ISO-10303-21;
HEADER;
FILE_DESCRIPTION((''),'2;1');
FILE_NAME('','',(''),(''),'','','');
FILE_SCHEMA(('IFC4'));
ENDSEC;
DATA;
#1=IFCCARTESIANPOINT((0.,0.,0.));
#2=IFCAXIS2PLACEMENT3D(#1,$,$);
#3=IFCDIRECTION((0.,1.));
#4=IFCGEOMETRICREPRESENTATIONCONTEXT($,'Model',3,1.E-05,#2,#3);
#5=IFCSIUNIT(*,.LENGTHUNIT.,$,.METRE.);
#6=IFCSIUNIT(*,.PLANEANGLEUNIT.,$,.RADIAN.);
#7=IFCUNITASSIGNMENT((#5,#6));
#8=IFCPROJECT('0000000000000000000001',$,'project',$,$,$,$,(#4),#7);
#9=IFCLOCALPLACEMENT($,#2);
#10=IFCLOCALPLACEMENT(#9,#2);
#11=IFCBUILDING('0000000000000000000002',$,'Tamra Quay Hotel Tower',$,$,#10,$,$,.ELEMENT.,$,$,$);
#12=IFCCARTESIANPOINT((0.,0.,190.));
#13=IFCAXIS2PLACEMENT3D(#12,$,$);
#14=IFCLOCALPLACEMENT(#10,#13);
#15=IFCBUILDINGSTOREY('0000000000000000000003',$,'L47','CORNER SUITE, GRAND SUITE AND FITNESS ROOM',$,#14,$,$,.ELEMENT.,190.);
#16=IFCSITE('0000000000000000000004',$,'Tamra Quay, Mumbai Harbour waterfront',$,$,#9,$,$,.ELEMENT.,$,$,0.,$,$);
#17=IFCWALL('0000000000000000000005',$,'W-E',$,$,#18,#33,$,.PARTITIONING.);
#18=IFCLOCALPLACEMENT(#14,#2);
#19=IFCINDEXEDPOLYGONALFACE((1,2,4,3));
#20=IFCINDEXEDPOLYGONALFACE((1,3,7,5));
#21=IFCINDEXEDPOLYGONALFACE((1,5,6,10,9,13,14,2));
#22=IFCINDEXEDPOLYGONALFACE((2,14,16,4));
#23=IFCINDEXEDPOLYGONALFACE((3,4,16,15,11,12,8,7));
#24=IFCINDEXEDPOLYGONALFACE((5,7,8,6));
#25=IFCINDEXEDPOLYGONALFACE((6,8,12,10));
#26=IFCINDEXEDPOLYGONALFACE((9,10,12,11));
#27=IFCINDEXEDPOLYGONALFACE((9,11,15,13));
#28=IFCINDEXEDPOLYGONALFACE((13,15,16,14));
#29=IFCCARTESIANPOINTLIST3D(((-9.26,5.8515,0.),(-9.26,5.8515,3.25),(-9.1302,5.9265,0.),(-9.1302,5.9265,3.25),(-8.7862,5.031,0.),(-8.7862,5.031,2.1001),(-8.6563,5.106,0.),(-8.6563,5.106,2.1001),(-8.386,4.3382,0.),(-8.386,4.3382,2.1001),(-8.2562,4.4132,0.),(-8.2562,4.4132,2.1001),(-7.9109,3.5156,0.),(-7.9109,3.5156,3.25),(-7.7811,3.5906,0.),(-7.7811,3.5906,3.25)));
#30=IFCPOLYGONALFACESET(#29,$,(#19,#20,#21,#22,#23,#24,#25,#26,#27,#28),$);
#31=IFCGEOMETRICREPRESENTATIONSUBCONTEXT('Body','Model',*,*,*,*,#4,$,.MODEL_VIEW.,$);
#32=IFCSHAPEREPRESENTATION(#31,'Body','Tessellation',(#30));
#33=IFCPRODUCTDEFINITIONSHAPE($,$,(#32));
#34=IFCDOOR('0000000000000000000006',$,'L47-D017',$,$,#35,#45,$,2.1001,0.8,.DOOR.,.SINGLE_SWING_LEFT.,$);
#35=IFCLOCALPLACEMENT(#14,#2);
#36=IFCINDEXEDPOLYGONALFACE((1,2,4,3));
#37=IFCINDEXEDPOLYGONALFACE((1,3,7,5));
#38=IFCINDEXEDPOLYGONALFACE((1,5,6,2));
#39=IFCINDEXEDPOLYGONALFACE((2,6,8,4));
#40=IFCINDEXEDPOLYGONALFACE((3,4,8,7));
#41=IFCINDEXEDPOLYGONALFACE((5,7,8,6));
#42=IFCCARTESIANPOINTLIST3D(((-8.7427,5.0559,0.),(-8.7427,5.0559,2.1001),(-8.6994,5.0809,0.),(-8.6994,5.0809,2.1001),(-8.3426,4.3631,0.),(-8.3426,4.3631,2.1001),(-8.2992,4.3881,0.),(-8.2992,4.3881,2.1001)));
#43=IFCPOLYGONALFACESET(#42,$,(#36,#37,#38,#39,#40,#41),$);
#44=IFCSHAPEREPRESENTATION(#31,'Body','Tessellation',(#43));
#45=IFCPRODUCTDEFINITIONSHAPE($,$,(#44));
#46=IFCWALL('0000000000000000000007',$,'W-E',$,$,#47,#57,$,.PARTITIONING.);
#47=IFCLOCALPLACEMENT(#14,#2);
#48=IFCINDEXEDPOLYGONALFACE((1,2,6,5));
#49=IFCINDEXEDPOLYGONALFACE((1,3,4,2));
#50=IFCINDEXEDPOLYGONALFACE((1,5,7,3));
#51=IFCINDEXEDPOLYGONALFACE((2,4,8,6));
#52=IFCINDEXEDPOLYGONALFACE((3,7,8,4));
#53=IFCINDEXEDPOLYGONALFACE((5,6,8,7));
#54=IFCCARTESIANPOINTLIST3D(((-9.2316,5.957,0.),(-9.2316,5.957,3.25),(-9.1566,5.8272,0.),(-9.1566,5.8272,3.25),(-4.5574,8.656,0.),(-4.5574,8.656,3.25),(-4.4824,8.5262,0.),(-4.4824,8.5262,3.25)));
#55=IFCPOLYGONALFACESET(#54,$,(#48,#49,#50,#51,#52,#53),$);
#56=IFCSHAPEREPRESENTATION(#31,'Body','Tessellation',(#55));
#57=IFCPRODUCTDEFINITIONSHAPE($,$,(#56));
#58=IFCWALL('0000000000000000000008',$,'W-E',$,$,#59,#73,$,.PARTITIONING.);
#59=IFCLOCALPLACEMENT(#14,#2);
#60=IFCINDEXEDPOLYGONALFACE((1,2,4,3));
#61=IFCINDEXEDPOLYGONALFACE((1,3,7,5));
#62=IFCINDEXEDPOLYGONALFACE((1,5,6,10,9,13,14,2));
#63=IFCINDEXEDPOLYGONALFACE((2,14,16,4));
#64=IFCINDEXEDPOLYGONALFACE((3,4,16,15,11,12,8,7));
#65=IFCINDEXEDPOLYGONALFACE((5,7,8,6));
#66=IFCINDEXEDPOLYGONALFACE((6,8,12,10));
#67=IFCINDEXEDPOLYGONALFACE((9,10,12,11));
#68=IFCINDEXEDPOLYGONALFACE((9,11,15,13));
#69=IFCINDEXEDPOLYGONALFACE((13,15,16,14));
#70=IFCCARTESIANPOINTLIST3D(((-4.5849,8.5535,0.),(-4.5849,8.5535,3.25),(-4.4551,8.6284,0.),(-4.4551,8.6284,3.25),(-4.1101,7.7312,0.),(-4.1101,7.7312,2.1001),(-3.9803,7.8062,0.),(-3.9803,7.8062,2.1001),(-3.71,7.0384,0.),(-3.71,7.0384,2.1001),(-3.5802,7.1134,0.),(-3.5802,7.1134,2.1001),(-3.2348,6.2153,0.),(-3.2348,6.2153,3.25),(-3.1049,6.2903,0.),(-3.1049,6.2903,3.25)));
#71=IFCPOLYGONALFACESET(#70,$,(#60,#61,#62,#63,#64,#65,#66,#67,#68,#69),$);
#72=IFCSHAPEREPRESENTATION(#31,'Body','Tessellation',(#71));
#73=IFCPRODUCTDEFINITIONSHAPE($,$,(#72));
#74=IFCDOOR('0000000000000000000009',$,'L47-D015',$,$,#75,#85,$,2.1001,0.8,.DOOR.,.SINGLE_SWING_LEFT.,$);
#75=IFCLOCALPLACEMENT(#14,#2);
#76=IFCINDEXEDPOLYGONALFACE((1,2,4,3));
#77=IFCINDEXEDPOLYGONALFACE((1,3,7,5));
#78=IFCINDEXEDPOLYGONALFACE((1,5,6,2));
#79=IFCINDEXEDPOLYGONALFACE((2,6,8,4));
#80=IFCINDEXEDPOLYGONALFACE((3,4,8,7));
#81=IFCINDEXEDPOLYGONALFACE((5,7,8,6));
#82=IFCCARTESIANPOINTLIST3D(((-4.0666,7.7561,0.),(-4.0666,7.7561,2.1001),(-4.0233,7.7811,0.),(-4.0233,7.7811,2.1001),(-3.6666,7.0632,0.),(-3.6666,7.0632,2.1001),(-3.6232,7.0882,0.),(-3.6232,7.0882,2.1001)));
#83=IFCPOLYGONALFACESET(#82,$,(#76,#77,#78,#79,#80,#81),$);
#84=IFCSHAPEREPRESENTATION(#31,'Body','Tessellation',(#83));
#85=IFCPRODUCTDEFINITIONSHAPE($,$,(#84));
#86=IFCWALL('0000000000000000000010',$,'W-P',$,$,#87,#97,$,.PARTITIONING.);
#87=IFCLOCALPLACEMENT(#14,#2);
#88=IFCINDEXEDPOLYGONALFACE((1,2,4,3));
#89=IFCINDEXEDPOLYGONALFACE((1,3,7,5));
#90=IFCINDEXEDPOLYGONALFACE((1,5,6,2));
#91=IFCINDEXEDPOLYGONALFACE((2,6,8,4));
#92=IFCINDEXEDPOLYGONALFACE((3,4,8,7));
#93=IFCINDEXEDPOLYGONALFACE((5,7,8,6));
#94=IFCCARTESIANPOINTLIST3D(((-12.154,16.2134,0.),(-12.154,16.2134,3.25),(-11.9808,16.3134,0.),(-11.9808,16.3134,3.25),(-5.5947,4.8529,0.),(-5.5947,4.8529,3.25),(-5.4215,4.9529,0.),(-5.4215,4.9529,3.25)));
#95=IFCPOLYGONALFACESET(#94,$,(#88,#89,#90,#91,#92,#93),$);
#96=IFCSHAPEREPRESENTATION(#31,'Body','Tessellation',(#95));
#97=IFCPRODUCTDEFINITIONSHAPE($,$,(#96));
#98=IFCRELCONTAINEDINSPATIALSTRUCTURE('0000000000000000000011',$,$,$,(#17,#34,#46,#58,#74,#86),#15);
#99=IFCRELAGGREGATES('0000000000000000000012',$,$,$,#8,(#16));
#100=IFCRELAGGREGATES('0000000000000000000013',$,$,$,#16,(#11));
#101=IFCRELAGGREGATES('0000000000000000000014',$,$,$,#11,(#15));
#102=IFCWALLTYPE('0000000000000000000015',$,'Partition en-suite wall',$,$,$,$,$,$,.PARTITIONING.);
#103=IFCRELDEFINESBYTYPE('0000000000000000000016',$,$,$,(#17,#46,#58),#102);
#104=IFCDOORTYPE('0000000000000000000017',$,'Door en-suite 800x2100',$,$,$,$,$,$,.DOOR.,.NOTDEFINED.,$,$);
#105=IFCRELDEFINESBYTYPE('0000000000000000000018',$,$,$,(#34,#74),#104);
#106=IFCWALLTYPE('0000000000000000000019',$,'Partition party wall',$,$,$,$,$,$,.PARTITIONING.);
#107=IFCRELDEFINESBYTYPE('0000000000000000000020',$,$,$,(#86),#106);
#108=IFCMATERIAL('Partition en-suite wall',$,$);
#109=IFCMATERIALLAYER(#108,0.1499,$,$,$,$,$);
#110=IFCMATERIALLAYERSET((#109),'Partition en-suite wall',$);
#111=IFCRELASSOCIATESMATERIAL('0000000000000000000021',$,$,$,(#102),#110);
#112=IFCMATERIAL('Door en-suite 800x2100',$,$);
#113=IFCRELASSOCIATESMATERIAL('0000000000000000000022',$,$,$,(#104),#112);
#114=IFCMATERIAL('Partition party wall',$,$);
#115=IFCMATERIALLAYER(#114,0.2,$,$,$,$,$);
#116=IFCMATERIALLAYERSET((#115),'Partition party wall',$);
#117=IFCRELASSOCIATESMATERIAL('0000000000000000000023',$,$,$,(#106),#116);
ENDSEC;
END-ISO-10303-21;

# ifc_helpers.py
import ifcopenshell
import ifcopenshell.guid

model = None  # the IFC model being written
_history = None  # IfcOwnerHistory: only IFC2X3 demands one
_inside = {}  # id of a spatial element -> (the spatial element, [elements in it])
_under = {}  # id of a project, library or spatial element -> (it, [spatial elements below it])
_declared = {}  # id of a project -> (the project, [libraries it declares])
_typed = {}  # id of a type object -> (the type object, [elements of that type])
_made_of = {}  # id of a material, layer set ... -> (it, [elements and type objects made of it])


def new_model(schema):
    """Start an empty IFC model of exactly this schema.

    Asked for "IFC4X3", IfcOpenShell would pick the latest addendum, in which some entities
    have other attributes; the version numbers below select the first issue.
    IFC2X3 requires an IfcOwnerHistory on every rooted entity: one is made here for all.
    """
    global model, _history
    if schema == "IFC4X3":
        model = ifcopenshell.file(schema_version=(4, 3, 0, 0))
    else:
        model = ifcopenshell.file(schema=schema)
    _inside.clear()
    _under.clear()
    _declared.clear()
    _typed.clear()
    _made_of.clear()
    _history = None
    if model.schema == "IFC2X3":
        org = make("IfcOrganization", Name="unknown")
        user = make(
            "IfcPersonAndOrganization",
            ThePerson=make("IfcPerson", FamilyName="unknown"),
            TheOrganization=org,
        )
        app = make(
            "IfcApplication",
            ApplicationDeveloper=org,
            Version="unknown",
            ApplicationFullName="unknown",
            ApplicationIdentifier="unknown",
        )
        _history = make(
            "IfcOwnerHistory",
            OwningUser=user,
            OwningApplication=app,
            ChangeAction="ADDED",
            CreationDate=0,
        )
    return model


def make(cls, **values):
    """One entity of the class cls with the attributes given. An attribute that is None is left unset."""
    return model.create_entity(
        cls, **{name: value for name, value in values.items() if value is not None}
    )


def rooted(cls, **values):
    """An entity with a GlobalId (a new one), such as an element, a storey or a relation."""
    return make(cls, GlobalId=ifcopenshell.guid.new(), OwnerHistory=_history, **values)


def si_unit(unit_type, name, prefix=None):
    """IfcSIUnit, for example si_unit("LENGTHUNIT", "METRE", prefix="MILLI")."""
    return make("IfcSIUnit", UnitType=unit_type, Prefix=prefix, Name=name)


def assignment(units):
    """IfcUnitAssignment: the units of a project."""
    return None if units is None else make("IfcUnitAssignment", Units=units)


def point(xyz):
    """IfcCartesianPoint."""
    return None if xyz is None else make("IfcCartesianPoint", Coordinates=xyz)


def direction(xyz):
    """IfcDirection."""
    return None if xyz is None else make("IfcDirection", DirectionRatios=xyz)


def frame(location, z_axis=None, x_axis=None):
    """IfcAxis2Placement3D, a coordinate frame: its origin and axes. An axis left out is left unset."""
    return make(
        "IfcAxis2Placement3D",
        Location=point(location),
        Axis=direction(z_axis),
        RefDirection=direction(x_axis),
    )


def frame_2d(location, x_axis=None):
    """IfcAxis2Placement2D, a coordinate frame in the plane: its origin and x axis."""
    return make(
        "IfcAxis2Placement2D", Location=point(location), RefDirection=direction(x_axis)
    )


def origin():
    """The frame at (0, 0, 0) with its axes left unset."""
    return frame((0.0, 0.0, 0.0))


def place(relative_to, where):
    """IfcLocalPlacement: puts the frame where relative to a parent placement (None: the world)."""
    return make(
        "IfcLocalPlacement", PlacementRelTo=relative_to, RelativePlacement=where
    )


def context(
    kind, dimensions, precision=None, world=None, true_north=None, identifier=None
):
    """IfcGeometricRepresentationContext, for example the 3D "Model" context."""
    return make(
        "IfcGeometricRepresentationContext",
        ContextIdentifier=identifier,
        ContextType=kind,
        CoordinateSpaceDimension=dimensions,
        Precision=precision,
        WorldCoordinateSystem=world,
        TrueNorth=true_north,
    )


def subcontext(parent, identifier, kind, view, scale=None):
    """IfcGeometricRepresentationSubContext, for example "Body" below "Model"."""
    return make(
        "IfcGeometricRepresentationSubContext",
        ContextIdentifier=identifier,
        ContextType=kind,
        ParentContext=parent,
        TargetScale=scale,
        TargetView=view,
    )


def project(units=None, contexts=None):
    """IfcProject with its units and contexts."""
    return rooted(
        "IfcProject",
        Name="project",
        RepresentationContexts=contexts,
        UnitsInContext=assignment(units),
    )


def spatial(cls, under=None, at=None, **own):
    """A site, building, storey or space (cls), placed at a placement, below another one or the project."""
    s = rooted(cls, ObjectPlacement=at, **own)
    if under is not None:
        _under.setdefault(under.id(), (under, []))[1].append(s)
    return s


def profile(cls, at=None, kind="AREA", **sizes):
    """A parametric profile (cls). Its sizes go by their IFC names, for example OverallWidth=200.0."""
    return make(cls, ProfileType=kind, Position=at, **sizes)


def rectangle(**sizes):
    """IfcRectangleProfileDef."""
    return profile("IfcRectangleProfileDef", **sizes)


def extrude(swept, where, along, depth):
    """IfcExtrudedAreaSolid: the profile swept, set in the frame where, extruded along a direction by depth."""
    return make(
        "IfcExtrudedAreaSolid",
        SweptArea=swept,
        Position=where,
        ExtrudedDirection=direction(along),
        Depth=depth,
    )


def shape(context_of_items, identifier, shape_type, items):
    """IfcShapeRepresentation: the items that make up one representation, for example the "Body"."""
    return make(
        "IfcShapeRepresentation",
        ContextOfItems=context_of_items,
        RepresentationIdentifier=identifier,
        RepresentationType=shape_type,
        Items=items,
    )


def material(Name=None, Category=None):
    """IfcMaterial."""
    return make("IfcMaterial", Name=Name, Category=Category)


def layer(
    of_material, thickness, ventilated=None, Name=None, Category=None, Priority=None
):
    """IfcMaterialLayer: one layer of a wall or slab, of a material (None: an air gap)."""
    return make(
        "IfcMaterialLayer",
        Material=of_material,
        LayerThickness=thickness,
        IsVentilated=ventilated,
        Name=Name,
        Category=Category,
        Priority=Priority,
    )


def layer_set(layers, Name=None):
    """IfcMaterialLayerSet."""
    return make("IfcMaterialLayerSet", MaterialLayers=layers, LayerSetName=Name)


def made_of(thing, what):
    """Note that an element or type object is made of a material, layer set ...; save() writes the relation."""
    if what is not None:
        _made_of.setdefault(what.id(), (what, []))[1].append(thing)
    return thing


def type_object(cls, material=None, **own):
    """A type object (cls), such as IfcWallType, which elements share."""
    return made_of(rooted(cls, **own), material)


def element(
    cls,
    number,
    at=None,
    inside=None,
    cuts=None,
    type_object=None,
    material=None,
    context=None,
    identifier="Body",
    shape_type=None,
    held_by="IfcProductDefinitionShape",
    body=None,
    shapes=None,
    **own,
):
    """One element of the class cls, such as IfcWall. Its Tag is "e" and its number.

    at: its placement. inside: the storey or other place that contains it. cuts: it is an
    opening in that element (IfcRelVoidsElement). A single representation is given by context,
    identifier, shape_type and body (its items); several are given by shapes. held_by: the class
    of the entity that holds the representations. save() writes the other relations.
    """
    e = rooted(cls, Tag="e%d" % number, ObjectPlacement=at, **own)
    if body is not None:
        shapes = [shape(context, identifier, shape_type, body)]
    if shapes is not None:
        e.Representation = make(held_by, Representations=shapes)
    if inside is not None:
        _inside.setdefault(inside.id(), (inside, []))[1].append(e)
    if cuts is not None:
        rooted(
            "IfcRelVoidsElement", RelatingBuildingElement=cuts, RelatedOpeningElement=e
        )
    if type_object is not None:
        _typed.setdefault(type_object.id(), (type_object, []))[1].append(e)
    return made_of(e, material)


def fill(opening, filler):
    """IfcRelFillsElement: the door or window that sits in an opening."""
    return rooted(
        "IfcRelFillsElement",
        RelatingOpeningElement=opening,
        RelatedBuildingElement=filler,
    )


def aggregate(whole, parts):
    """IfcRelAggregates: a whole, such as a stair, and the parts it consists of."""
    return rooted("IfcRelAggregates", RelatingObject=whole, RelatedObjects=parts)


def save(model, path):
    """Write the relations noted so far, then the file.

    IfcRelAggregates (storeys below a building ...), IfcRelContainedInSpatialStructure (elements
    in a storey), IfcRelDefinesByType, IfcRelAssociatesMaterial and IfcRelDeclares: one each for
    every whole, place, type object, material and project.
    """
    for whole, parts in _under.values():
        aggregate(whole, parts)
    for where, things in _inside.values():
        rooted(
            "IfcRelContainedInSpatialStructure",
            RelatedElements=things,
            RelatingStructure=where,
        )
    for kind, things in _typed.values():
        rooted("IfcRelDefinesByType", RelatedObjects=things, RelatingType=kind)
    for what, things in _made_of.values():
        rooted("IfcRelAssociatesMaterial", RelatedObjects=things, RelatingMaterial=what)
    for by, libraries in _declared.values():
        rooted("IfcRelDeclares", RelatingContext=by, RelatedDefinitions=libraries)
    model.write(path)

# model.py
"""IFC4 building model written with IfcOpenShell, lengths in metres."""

from ifc_helpers import new_model, si_unit, direction, frame, frame_2d, origin, place, context, subcontext, project, spatial, rectangle, extrude, material, layer, layer_set, type_object, element, fill, save


model = new_model("IFC4")

# Units and contexts
model_context = context("Model", 3, precision=1e-05, world=origin(), true_north=direction((0.0, 1.0)))
body_context = subcontext(model_context, "Body", "Model", "MODEL_VIEW")
ifc_project = project(units=[si_unit("LENGTHUNIT", "METRE"), si_unit("PLANEANGLEUNIT", "RADIAN")], contexts=[model_context])

# Site, building, storey
site_placement = place(None, origin())
site = spatial("IfcSite", under=ifc_project, at=site_placement, Name="Tamra Quay, Mumbai Harbour waterfront", CompositionType="ELEMENT", RefElevation=0.0)
building_placement = place(site_placement, origin())
building = spatial("IfcBuilding", under=site, at=building_placement, Name="Tamra Quay Hotel Tower", CompositionType="ELEMENT")
storey_placement = place(building_placement, frame((0.0, 0.0, 190.0)))
storey = spatial("IfcBuildingStorey", under=building, at=storey_placement, Name="L47", Description="CORNER SUITE, GRAND SUITE AND FITNESS ROOM", CompositionType="ELEMENT", Elevation=190.0)

# Wall, opening, door
ifc_material_1 = material(Name="Partition en-suite wall")
ifc_layer_1 = layer(ifc_material_1, 0.1499)
ifc_layer_set_1 = layer_set([ifc_layer_1], Name="Partition en-suite wall")
wall_type_1 = type_object("IfcWallType", Name="Partition en-suite wall", PredefinedType="PARTITIONING", material=ifc_layer_set_1)
wall_1_placement = place(storey_placement, frame((-9.1951, 5.8889, 0.0), z_axis=(0.0, 0.0, 1.0), x_axis=(0.50013, -0.86595, 0.0)))
wall_1 = element("IfcWall", 1, at=wall_1_placement, inside=storey, type_object=wall_type_1, Name="W-E", PredefinedType="PARTITIONING", context=body_context, shape_type="SweptSolid", body=[
    extrude(rectangle(XDim=2.6975, YDim=0.1499, at=frame_2d((1.3486, 0.0))), origin(), (0.0, 0.0, 1.0), 3.25),
])
opening_1_placement = place(wall_1_placement, frame((0.9475, 0.0, 0.0)))
opening_1 = element("IfcOpeningElement", 2, at=opening_1_placement, cuts=wall_1, PredefinedType="OPENING", context=body_context, shape_type="SweptSolid", body=[
    extrude(rectangle(XDim=0.8, YDim=2.1001, at=frame_2d((0.3999, 1.05))), frame((0.0, 0.085, 0.0), z_axis=(0.0, -1.0, 0.0), x_axis=(1.0, 0.0, 0.0)), (0.0, 0.0, 1.0), 0.1699),
])
ifc_material_2 = material(Name="Door en-suite 800x2100")
door_type_1 = type_object("IfcDoorType", Name="Door en-suite 800x2100", OperationType="NOTDEFINED", PredefinedType="DOOR", material=ifc_material_2)
door_1_placement = place(opening_1_placement, frame((0.8, 0.0, 0.0), z_axis=(0.0, 0.0, 1.0), x_axis=(-1.0, 0.0, 0.0)))
door_1 = element("IfcDoor", 3, at=door_1_placement, inside=storey, type_object=door_type_1, Name="L47-D017", OperationType="SINGLE_SWING_LEFT", OverallHeight=2.1001, OverallWidth=0.8, PredefinedType="DOOR", context=body_context, shape_type="SweptSolid", body=[
    extrude(rectangle(XDim=0.8, YDim=2.1001, at=frame_2d((0.3999, 1.05))), frame((0.0, 0.0249, 0.0), z_axis=(0.0, -1.0, 0.0), x_axis=(1.0, 0.0, 0.0)), (0.0, 0.0, 1.0), 0.05),
])
fill(opening_1, door_1)

# Wall
wall_2_placement = place(storey_placement, frame((-9.1941, 5.8921, 0.0), z_axis=(0.0, 0.0, 1.0), x_axis=(0.865993, 0.500055, 0.0)))
element("IfcWall", 4, at=wall_2_placement, inside=storey, type_object=wall_type_1, Name="W-E", PredefinedType="PARTITIONING", context=body_context, shape_type="SweptSolid", body=[
    extrude(rectangle(XDim=5.3975, YDim=0.1499, at=frame_2d((2.6987, 0.0))), origin(), (0.0, 0.0, 1.0), 3.25),
])

# Wall, opening, door
wall_3_placement = place(storey_placement, frame((-4.52, 8.5911, 0.0), z_axis=(0.0, 0.0, 1.0), x_axis=(0.500049, -0.865997, 0.0)))
wall_3 = element("IfcWall", 5, at=wall_3_placement, inside=storey, type_object=wall_type_1, Name="W-E", PredefinedType="PARTITIONING", context=body_context, shape_type="SweptSolid", body=[
    extrude(rectangle(XDim=2.7, YDim=0.1499, at=frame_2d((1.3501, 0.0))), origin(), (0.0, 0.0, 1.0), 3.25),
])
opening_2_placement = place(wall_3_placement, frame((0.9497, 0.0, 0.0)))
opening_2 = element("IfcOpeningElement", 6, at=opening_2_placement, cuts=wall_3, PredefinedType="OPENING", context=body_context, shape_type="SweptSolid", body=[
    extrude(rectangle(XDim=0.8, YDim=2.1001, at=frame_2d((0.3999, 1.05))), frame((0.0, 0.085, 0.0), z_axis=(0.0, -1.0, 0.0), x_axis=(1.0, 0.0, 0.0)), (0.0, 0.0, 1.0), 0.1699),
])
door_2_placement = place(opening_2_placement, frame((0.8, 0.0, 0.0), z_axis=(0.0, 0.0, 1.0), x_axis=(-1.0, 0.0, 0.0)))
door_2 = element("IfcDoor", 7, at=door_2_placement, inside=storey, type_object=door_type_1, Name="L47-D015", OperationType="SINGLE_SWING_LEFT", OverallHeight=2.1001, OverallWidth=0.8, PredefinedType="DOOR", context=body_context, shape_type="SweptSolid", body=[
    extrude(rectangle(XDim=0.8, YDim=2.1001, at=frame_2d((0.3999, 1.05))), frame((0.0, 0.0249, 0.0), z_axis=(0.0, -1.0, 0.0), x_axis=(1.0, 0.0, 0.0)), (0.0, 0.0, 1.0), 0.05),
])
fill(opening_2, door_2)

# Wall
ifc_material_3 = material(Name="Partition party wall")
ifc_layer_2 = layer(ifc_material_3, 0.2)
ifc_layer_set_2 = layer_set([ifc_layer_2], Name="Partition party wall")
wall_type_2 = type_object("IfcWallType", Name="Partition party wall", PredefinedType="PARTITIONING", material=ifc_layer_set_2)
wall_4_placement = place(storey_placement, frame((-12.0674, 16.2634, 0.0), z_axis=(0.0, 0.0, 1.0), x_axis=(0.500016, -0.866016, 0.0)))
element("IfcWall", 8, at=wall_4_placement, inside=storey, type_object=wall_type_2, Name="W-P", PredefinedType="PARTITIONING", context=body_context, shape_type="SweptSolid", body=[
    extrude(rectangle(XDim=13.1182, YDim=0.2, at=frame_2d((6.5591, 0.0))), origin(), (0.0, 0.0, 1.0), 3.25),
])

save(model, "model.ifc")
